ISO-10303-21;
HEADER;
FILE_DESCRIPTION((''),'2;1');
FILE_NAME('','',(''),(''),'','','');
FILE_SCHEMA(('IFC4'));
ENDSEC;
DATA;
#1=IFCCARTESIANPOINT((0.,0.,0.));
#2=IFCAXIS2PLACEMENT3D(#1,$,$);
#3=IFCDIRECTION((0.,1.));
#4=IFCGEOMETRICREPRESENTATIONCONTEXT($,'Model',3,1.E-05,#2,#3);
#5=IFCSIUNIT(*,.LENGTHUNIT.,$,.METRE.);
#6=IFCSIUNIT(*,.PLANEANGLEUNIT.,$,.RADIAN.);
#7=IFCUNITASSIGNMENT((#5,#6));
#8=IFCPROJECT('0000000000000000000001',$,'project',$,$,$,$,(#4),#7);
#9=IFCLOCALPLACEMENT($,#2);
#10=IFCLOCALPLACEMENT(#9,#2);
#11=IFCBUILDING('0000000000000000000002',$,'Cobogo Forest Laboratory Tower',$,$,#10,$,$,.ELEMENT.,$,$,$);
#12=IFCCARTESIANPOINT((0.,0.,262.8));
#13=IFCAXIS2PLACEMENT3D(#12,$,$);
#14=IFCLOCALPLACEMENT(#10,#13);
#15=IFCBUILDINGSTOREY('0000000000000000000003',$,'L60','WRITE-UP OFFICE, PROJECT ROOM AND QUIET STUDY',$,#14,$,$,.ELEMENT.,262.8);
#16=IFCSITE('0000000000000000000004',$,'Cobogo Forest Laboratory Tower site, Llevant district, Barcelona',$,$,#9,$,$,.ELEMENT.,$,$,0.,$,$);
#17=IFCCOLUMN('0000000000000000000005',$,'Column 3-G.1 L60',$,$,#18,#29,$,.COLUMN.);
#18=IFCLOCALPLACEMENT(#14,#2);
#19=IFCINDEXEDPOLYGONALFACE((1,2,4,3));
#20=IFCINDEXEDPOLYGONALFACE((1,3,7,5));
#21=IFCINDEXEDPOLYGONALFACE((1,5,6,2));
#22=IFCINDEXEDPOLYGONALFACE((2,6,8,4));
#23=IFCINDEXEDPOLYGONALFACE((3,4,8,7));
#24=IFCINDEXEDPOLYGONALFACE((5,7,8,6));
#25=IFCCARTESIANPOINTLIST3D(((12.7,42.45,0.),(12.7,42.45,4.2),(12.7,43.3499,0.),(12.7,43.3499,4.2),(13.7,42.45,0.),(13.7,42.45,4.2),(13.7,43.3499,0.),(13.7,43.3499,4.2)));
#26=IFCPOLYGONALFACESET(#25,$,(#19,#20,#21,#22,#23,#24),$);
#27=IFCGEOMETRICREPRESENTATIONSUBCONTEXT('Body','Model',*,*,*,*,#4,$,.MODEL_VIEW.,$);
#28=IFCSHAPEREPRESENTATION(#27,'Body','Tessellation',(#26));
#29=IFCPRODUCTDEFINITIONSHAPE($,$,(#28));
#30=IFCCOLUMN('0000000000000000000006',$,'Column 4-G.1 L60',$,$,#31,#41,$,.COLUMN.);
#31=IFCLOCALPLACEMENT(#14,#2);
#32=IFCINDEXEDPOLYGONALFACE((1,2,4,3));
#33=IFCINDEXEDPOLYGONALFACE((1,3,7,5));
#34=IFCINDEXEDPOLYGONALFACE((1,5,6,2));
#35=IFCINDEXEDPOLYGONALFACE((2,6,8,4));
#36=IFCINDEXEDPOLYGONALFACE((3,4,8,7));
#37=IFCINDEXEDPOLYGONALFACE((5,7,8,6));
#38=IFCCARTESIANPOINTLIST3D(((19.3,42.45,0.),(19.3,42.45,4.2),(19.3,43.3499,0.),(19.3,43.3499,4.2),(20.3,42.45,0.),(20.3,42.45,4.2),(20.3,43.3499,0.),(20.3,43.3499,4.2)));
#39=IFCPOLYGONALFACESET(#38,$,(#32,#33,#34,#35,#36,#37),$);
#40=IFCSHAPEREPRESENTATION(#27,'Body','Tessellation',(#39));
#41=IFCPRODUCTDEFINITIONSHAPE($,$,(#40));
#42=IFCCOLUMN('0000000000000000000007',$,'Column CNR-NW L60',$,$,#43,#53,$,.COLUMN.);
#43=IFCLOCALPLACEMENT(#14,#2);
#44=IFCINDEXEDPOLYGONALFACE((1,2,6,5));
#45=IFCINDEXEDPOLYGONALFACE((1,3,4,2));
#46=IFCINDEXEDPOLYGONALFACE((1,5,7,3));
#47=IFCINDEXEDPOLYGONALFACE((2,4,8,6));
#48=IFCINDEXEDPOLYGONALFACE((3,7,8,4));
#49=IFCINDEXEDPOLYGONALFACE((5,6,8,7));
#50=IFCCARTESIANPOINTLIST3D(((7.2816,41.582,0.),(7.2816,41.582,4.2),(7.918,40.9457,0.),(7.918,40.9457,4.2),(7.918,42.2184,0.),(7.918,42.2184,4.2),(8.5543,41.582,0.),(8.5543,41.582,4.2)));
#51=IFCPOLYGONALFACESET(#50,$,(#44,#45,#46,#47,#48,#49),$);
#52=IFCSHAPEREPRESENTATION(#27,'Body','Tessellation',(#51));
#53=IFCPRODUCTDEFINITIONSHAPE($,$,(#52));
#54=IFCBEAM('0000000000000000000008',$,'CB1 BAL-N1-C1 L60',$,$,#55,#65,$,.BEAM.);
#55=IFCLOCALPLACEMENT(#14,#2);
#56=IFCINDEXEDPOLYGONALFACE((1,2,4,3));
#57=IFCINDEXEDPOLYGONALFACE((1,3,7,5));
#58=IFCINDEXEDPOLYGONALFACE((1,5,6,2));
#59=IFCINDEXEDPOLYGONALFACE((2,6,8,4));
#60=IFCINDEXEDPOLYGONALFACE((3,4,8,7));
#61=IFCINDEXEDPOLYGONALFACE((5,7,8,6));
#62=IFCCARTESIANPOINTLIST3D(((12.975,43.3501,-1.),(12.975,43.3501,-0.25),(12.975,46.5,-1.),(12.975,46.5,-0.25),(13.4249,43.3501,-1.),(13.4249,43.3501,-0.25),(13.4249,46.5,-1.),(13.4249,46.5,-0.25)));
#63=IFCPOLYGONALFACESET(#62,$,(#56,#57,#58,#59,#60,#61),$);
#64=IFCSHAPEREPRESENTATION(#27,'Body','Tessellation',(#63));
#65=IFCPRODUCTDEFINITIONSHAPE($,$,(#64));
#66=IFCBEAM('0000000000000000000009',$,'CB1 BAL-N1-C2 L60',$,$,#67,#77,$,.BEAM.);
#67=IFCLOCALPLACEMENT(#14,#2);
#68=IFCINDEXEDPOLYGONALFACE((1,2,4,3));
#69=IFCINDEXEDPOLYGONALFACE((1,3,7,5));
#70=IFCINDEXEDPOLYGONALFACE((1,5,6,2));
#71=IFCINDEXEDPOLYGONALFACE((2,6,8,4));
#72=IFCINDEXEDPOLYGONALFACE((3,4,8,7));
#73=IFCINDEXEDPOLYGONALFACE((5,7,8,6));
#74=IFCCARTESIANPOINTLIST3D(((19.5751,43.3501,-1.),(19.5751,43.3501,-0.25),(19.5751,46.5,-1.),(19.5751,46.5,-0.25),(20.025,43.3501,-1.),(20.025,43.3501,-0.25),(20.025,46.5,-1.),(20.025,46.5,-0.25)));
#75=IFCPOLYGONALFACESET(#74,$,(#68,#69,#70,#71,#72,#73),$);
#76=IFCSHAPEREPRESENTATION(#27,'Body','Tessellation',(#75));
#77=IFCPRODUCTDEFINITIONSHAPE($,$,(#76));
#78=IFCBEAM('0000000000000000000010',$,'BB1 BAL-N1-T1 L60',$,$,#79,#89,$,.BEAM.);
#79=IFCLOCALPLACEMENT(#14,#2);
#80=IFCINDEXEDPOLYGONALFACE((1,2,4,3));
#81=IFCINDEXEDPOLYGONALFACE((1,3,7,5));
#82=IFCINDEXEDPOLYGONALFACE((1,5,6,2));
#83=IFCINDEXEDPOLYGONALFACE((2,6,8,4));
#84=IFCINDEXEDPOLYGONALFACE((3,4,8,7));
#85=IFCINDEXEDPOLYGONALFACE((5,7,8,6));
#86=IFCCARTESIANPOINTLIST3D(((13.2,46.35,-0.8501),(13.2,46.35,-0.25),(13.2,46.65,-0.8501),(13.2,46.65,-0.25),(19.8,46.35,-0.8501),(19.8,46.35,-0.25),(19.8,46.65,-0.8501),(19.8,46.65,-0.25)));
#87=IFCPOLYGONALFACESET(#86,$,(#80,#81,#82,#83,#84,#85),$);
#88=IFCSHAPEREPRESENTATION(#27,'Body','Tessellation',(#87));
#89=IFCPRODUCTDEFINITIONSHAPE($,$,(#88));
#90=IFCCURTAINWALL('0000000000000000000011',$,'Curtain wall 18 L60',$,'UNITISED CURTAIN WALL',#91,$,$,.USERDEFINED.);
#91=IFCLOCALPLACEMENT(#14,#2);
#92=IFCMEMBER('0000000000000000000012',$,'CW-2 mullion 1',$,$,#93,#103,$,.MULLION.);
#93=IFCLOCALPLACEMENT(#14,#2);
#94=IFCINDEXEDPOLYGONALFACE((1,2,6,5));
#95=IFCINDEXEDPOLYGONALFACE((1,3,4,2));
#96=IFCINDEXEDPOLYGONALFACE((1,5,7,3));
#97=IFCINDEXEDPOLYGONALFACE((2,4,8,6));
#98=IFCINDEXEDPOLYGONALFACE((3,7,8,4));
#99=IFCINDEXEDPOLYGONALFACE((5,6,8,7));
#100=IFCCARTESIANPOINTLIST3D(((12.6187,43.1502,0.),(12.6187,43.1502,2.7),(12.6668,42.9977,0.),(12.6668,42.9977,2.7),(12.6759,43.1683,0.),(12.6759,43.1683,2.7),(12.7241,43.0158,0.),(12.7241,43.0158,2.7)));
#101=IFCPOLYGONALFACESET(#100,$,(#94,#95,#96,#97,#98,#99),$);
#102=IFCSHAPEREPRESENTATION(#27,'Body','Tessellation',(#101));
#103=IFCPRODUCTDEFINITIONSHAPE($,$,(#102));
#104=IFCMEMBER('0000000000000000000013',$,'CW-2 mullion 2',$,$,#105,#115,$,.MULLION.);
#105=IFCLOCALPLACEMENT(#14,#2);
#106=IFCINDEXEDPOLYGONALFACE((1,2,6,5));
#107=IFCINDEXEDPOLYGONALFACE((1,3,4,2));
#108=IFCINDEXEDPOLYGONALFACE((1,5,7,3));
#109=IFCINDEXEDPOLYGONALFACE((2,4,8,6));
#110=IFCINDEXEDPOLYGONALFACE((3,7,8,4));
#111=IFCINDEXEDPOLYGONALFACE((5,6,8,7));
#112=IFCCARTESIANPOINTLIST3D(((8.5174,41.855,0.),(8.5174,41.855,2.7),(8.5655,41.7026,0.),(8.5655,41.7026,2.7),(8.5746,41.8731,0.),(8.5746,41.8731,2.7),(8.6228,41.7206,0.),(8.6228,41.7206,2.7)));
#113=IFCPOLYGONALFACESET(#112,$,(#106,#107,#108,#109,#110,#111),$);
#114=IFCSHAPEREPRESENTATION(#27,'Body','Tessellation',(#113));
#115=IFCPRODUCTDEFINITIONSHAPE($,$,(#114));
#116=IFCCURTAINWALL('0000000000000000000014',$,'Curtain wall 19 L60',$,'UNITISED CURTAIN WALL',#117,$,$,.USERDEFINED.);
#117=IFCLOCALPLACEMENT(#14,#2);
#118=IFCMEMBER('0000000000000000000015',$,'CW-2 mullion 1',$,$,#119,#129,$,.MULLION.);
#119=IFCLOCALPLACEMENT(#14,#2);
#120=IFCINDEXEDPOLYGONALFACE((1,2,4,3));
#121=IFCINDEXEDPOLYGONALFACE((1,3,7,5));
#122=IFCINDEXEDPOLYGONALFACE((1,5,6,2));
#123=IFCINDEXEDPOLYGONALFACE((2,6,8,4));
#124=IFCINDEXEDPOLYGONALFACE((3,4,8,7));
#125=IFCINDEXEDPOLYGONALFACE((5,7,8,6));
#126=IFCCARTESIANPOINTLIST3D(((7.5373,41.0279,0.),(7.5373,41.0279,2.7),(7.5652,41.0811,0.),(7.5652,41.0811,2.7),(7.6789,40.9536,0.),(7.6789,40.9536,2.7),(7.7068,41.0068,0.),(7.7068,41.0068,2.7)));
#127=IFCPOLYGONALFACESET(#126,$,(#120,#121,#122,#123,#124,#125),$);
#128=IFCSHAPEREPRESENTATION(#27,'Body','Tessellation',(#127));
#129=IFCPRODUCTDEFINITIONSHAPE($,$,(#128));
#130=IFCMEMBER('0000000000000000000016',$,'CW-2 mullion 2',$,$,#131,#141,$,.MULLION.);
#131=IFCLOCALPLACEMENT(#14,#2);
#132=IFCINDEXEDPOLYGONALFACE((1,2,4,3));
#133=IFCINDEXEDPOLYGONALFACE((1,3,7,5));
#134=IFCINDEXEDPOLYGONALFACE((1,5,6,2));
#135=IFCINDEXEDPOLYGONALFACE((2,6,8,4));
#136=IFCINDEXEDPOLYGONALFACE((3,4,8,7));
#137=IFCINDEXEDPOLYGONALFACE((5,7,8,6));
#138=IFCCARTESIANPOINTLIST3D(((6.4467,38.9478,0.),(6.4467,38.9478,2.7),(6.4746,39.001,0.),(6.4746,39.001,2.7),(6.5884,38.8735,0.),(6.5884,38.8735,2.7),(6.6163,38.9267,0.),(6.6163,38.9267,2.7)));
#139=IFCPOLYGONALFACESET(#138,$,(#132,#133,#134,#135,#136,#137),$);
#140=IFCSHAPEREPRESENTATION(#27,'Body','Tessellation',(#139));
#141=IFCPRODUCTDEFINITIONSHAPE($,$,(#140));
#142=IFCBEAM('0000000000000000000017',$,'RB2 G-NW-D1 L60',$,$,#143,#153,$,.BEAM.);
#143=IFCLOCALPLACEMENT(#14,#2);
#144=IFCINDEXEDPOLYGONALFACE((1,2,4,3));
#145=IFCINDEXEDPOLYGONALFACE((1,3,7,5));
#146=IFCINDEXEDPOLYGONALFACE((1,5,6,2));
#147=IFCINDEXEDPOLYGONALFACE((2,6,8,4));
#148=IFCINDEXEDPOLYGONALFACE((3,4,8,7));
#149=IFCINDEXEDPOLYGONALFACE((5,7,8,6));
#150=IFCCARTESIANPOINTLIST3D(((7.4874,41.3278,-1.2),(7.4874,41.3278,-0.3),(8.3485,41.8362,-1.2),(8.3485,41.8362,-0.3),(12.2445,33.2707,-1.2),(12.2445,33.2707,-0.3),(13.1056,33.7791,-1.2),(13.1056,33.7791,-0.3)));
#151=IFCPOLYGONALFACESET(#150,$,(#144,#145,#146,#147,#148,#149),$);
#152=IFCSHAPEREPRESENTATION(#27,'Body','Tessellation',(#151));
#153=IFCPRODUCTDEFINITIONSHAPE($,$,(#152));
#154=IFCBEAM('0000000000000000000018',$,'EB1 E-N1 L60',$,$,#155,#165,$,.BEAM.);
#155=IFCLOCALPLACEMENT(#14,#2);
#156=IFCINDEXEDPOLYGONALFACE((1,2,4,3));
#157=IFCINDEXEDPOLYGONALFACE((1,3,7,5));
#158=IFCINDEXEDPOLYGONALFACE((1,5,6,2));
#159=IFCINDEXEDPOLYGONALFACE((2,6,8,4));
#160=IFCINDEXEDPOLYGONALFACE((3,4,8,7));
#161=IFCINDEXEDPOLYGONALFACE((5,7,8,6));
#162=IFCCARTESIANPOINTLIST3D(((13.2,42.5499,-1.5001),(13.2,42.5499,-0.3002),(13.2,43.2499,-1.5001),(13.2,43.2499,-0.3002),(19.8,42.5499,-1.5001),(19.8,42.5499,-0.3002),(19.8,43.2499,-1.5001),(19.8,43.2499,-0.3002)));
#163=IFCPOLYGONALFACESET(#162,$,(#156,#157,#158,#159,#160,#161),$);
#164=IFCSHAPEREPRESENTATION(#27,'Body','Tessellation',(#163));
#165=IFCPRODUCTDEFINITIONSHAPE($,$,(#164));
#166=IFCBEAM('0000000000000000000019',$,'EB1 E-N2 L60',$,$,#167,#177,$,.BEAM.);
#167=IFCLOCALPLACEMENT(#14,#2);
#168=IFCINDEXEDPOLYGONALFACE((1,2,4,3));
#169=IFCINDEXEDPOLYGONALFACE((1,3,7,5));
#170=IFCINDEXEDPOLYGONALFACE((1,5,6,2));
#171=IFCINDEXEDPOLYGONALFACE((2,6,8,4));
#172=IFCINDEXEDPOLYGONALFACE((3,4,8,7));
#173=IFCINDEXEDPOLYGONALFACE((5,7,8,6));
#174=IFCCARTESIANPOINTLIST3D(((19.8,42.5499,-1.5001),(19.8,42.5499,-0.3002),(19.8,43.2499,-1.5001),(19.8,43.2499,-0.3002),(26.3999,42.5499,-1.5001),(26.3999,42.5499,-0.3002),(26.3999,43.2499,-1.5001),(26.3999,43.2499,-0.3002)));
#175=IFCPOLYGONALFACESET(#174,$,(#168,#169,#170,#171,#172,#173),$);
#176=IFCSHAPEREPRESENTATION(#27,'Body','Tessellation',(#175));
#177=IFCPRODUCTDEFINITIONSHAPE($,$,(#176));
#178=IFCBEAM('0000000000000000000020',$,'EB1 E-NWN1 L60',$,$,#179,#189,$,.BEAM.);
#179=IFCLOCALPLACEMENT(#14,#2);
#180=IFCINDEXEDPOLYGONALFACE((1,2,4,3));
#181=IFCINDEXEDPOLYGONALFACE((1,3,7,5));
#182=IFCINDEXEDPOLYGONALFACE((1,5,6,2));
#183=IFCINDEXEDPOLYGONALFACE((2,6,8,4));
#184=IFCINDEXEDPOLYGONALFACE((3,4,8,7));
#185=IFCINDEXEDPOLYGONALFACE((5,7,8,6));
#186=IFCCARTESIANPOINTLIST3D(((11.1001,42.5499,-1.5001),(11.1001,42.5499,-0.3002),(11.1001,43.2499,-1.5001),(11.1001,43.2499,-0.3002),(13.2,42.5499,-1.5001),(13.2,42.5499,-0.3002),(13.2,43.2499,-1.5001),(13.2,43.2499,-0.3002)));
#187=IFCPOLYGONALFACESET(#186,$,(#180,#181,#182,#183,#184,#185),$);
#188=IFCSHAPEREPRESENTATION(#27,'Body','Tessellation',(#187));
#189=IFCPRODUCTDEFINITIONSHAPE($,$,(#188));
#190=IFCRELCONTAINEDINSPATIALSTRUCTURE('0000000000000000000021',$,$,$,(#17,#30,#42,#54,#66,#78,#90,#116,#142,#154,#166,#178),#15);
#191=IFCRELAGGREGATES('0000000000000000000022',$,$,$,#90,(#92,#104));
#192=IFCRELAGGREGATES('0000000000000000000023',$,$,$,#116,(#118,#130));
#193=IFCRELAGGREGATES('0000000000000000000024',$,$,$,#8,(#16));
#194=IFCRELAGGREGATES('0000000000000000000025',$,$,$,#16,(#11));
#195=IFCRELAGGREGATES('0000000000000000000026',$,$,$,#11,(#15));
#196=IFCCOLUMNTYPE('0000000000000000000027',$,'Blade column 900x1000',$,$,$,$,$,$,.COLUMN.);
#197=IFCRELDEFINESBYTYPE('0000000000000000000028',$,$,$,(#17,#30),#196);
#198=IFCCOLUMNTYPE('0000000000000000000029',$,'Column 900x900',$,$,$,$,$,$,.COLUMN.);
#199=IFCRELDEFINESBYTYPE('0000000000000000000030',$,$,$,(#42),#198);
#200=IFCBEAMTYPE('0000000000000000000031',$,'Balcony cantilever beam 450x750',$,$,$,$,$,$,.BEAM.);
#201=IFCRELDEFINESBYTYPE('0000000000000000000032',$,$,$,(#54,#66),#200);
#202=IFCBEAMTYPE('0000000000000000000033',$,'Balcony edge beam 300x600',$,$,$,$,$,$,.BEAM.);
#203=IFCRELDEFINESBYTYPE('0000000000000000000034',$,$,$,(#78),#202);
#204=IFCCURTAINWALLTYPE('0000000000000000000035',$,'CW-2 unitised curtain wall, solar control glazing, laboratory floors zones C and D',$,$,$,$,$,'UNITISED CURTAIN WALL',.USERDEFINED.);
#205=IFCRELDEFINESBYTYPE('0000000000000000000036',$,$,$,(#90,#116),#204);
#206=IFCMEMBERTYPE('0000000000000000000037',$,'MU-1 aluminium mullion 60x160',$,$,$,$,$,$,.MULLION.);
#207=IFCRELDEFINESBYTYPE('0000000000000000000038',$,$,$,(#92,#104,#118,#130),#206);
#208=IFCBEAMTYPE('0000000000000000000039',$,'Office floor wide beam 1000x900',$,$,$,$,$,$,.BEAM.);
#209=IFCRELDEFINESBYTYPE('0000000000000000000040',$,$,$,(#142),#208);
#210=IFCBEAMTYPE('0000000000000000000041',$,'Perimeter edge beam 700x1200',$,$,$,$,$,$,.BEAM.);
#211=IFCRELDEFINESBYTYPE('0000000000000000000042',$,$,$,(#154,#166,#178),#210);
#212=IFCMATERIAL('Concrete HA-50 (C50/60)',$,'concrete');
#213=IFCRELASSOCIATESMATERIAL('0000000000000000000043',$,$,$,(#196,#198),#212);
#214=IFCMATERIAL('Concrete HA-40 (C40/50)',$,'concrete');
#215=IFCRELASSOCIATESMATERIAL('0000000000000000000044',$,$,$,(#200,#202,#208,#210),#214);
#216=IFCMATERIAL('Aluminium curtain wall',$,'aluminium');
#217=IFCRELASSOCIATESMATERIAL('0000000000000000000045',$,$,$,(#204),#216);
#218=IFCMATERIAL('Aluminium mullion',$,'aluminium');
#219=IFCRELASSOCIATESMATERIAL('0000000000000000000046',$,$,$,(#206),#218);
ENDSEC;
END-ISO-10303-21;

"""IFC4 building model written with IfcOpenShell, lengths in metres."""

from ifc_helpers import new_model, si_unit, direction, frame, origin, origin_2d, place, context, subcontext, project, spatial, rectangle, extrude, material, material_profile, profile_set, type_object, element, aggregate, save


model = new_model("IFC4")

# Units and contexts
model_context = context("Model", 3, precision=1e-05, world=origin(), true_north=direction((0.0, 1.0)))
body_context = subcontext(model_context, "Body", "Model", "MODEL_VIEW")
ifc_project = project(units=[si_unit("LENGTHUNIT", "METRE"), si_unit("PLANEANGLEUNIT", "RADIAN")], contexts=[model_context])

# Site, building, storey
site_placement = place(None, origin())
site = spatial("IfcSite", under=ifc_project, at=site_placement, Name="Cobogo Forest Laboratory Tower site, Llevant district, Barcelona", CompositionType="ELEMENT", RefElevation=0.0)
building_placement = place(site_placement, origin())
building = spatial("IfcBuilding", under=site, at=building_placement, Name="Cobogo Forest Laboratory Tower", CompositionType="ELEMENT")
storey_placement = place(building_placement, frame((0.0, 0.0, 262.8)))
storey = spatial("IfcBuildingStorey", under=building, at=storey_placement, Name="L60", Description="WRITE-UP OFFICE, PROJECT ROOM AND QUIET STUDY", CompositionType="ELEMENT", Elevation=262.8)

# Columns
ifc_material_1 = material(Name="Concrete HA-50 (C50/60)", Category="concrete")
ifc_material_profile_1 = material_profile(ifc_material_1, rectangle(XDim=1.0, YDim=0.8999, at=origin_2d()), Name="RC 900x1000")
ifc_profile_set_1 = profile_set([ifc_material_profile_1], Name="Concrete HA-50 (C50/60)")
column_type_1 = type_object("IfcColumnType", Name="Blade column 900x1000", PredefinedType="COLUMN", material=ifc_profile_set_1)
for number, where, z_axis, x_axis, name in (
    (1, (13.2, 42.8999, 0.0), (0.0, 0.0, 1.0), (1.0, 0.0, 0.0), "Column 3-G.1 L60"),
    (2, (19.8, 42.8999, 0.0), (0.0, 0.0, 1.0), (1.0, 0.0, 0.0), "Column 4-G.1 L60"),
):
    element("IfcColumn", number, at=place(storey_placement, frame(where, z_axis=z_axis, x_axis=x_axis)), inside=storey, type_object=column_type_1, Name=name, PredefinedType="COLUMN", context=body_context, shape_type="SweptSolid", body=[
        extrude(rectangle(XDim=1.0, YDim=0.8999, at=origin_2d()), origin(), (0.0, 0.0, 1.0), 4.2),
    ])
ifc_material_profile_2 = material_profile(ifc_material_1, rectangle(XDim=0.8999, YDim=0.8999, at=origin_2d()), Name="RC 900x900")
ifc_profile_set_2 = profile_set([ifc_material_profile_2], Name="Concrete HA-50 (C50/60)")
column_type_2 = type_object("IfcColumnType", Name="Column 900x900", PredefinedType="COLUMN", material=ifc_profile_set_2)
column_placement = place(storey_placement, frame((7.918, 41.582, 0.0), z_axis=(0.0, 0.0, 1.0), x_axis=(0.707107, 0.707107, 0.0)))
element("IfcColumn", 3, at=column_placement, inside=storey, type_object=column_type_2, Name="Column CNR-NW L60", PredefinedType="COLUMN", context=body_context, shape_type="SweptSolid", body=[
    extrude(rectangle(XDim=0.8999, YDim=0.8999, at=origin_2d()), origin(), (0.0, 0.0, 1.0), 4.2),
])

# Beams
ifc_material_2 = material(Name="Concrete HA-40 (C40/50)", Category="concrete")
ifc_material_profile_3 = material_profile(ifc_material_2, rectangle(XDim=0.45, YDim=0.75, at=origin_2d()), Name="RC 450x750")
ifc_profile_set_3 = profile_set([ifc_material_profile_3], Name="Concrete HA-40 (C40/50)")
beam_type_1 = type_object("IfcBeamType", Name="Balcony cantilever beam 450x750", PredefinedType="BEAM", material=ifc_profile_set_3)
for number, where, z_axis, x_axis, name in (
    (4, (13.2, 43.3501, -0.625), (0.0, 1.0, 0.0), (-1.0, 0.0, 0.0), "CB1 BAL-N1-C1 L60"),
    (5, (19.8, 43.3501, -0.625), (0.0, 1.0, 0.0), (-1.0, 0.0, 0.0), "CB1 BAL-N1-C2 L60"),
):
    element("IfcBeam", number, at=place(storey_placement, frame(where, z_axis=z_axis, x_axis=x_axis)), inside=storey, type_object=beam_type_1, Name=name, PredefinedType="BEAM", context=body_context, shape_type="SweptSolid", body=[
        extrude(rectangle(XDim=0.45, YDim=0.75, at=origin_2d()), origin(), (0.0, 0.0, 1.0), 3.1499),
    ])
ifc_material_profile_4 = material_profile(ifc_material_2, rectangle(XDim=0.3, YDim=0.6001, at=origin_2d()), Name="RC 300x600")
ifc_profile_set_4 = profile_set([ifc_material_profile_4], Name="Concrete HA-40 (C40/50)")
beam_type_2 = type_object("IfcBeamType", Name="Balcony edge beam 300x600", PredefinedType="BEAM", material=ifc_profile_set_4)
beam_1_placement = place(storey_placement, frame((13.2, 46.5, -0.55), z_axis=(1.0, 0.0, 0.0), x_axis=(0.0, 1.0, 0.0)))
element("IfcBeam", 6, at=beam_1_placement, inside=storey, type_object=beam_type_2, Name="BB1 BAL-N1-T1 L60", PredefinedType="BEAM", context=body_context, shape_type="SweptSolid", body=[
    extrude(rectangle(XDim=0.3, YDim=0.6001, at=origin_2d()), origin(), (0.0, 0.0, 1.0), 6.6001),
])

# Curtain walls, members
ifc_material_3 = material(Name="Aluminium curtain wall", Category="aluminium")
curtain_wall_type = type_object("IfcCurtainWallType", Name="CW-2 unitised curtain wall, solar control glazing, laboratory floors zones C and D", ElementType="UNITISED CURTAIN WALL", PredefinedType="USERDEFINED", material=ifc_material_3)
curtain_wall_1_placement = place(storey_placement, origin())
curtain_wall_1 = element("IfcCurtainWall", 7, at=curtain_wall_1_placement, inside=storey, type_object=curtain_wall_type, Name="Curtain wall 18 L60", ObjectType="UNITISED CURTAIN WALL", PredefinedType="USERDEFINED")
ifc_material_4 = material(Name="Aluminium mullion", Category="aluminium")
ifc_material_profile_5 = material_profile(ifc_material_4, rectangle(XDim=0.0601, YDim=0.1599, at=origin_2d()), Name="AL 60x160")
ifc_profile_set_5 = profile_set([ifc_material_profile_5], Name="Aluminium mullion")
member_type_1 = type_object("IfcMemberType", Name="MU-1 aluminium mullion 60x160", PredefinedType="MULLION", material=ifc_profile_set_5)
member_1_placement = place(storey_placement, frame((12.6714, 43.083, 0.0), z_axis=(0.0, 0.0, 1.0), x_axis=(-0.953581, -0.301135, 0.0)))
member_1 = element("IfcMember", 8, at=member_1_placement, type_object=member_type_1, Name="CW-2 mullion 1", PredefinedType="MULLION", context=body_context, shape_type="SweptSolid", body=[
    extrude(rectangle(XDim=0.0601, YDim=0.1599, at=origin_2d()), origin(), (0.0, 0.0, 1.0), 2.7),
])
member_2_placement = place(storey_placement, frame((8.5701, 41.7878, 0.0), z_axis=(0.0, 0.0, 1.0), x_axis=(-0.953581, -0.301135, 0.0)))
member_2 = element("IfcMember", 9, at=member_2_placement, type_object=member_type_1, Name="CW-2 mullion 2", PredefinedType="MULLION", context=body_context, shape_type="SweptSolid", body=[
    extrude(rectangle(XDim=0.0601, YDim=0.1599, at=origin_2d()), origin(), (0.0, 0.0, 1.0), 2.7),
])
curtain_wall_2_placement = place(storey_placement, origin())
curtain_wall_2 = element("IfcCurtainWall", 10, at=curtain_wall_2_placement, inside=storey, type_object=curtain_wall_type, Name="Curtain wall 19 L60", ObjectType="UNITISED CURTAIN WALL", PredefinedType="USERDEFINED")
member_3_placement = place(storey_placement, frame((7.6221, 41.0173, 0.0), z_axis=(0.0, 0.0, 1.0), x_axis=(-0.464284, -0.885686, 0.0)))
member_3 = element("IfcMember", 11, at=member_3_placement, type_object=member_type_1, Name="CW-2 mullion 1", PredefinedType="MULLION", context=body_context, shape_type="SweptSolid", body=[
    extrude(rectangle(XDim=0.0601, YDim=0.1599, at=origin_2d()), origin(), (0.0, 0.0, 1.0), 2.7),
])
member_4_placement = place(storey_placement, frame((6.5315, 38.9373, 0.0), z_axis=(0.0, 0.0, 1.0), x_axis=(-0.464284, -0.885686, 0.0)))
member_4 = element("IfcMember", 12, at=member_4_placement, type_object=member_type_1, Name="CW-2 mullion 2", PredefinedType="MULLION", context=body_context, shape_type="SweptSolid", body=[
    extrude(rectangle(XDim=0.0601, YDim=0.1599, at=origin_2d()), origin(), (0.0, 0.0, 1.0), 2.7),
])

# Beams
ifc_material_profile_6 = material_profile(ifc_material_2, rectangle(XDim=1.0, YDim=0.8999, at=origin_2d()), Name="RC 1000x900")
ifc_profile_set_6 = profile_set([ifc_material_profile_6], Name="Concrete HA-40 (C40/50)")
beam_type_3 = type_object("IfcBeamType", Name="Office floor wide beam 1000x900", PredefinedType="BEAM", material=ifc_profile_set_6)
beam_2_placement = place(storey_placement, frame((7.918, 41.582, -0.75), z_axis=(0.508416, -0.861111, 0.0), x_axis=(0.861111, 0.508416, 0.0)))
element("IfcBeam", 13, at=beam_2_placement, inside=storey, type_object=beam_type_3, Name="RB2 G-NW-D1 L60", PredefinedType="BEAM", context=body_context, shape_type="SweptSolid", body=[
    extrude(rectangle(XDim=1.0, YDim=0.8999, at=origin_2d()), origin(), (0.0, 0.0, 1.0), 9.3567),
])
ifc_material_profile_7 = material_profile(ifc_material_2, rectangle(XDim=0.7, YDim=1.2, at=origin_2d()), Name="RC 700x1200")
ifc_profile_set_7 = profile_set([ifc_material_profile_7], Name="Concrete HA-40 (C40/50)")
beam_type_4 = type_object("IfcBeamType", Name="Perimeter edge beam 700x1200", PredefinedType="BEAM", material=ifc_profile_set_7)
beam_3_placement = place(storey_placement, frame((13.2, 42.8999, -0.9001), z_axis=(1.0, 0.0, 0.0), x_axis=(0.0, 1.0, 0.0)))
element("IfcBeam", 14, at=beam_3_placement, inside=storey, type_object=beam_type_4, Name="EB1 E-N1 L60", PredefinedType="BEAM", context=body_context, shape_type="SweptSolid", body=[
    extrude(rectangle(XDim=0.7, YDim=1.2, at=origin_2d()), origin(), (0.0, 0.0, 1.0), 6.6001),
])
beam_4_placement = place(storey_placement, frame((19.8, 42.8999, -0.9001), z_axis=(1.0, 0.0, 0.0), x_axis=(0.0, 1.0, 0.0)))
element("IfcBeam", 15, at=beam_4_placement, inside=storey, type_object=beam_type_4, Name="EB1 E-N2 L60", PredefinedType="BEAM", context=body_context, shape_type="SweptSolid", body=[
    extrude(rectangle(XDim=0.7, YDim=1.2, at=origin_2d()), origin(), (0.0, 0.0, 1.0), 6.5999),
])
beam_5_placement = place(storey_placement, frame((13.2, 42.8999, -0.9001), z_axis=(-1.0, 0.0, 0.0), x_axis=(0.0, -1.0, 0.0)))
element("IfcBeam", 16, at=beam_5_placement, inside=storey, type_object=beam_type_4, Name="EB1 E-NWN1 L60", PredefinedType="BEAM", context=body_context, shape_type="SweptSolid", body=[
    extrude(rectangle(XDim=0.7, YDim=1.2, at=origin_2d()), origin(), (0.0, 0.0, 1.0), 2.0999),
])

aggregate(curtain_wall_1, [member_1, member_2])
aggregate(curtain_wall_2, [member_3, member_4])

save(model, "model.ifc")
